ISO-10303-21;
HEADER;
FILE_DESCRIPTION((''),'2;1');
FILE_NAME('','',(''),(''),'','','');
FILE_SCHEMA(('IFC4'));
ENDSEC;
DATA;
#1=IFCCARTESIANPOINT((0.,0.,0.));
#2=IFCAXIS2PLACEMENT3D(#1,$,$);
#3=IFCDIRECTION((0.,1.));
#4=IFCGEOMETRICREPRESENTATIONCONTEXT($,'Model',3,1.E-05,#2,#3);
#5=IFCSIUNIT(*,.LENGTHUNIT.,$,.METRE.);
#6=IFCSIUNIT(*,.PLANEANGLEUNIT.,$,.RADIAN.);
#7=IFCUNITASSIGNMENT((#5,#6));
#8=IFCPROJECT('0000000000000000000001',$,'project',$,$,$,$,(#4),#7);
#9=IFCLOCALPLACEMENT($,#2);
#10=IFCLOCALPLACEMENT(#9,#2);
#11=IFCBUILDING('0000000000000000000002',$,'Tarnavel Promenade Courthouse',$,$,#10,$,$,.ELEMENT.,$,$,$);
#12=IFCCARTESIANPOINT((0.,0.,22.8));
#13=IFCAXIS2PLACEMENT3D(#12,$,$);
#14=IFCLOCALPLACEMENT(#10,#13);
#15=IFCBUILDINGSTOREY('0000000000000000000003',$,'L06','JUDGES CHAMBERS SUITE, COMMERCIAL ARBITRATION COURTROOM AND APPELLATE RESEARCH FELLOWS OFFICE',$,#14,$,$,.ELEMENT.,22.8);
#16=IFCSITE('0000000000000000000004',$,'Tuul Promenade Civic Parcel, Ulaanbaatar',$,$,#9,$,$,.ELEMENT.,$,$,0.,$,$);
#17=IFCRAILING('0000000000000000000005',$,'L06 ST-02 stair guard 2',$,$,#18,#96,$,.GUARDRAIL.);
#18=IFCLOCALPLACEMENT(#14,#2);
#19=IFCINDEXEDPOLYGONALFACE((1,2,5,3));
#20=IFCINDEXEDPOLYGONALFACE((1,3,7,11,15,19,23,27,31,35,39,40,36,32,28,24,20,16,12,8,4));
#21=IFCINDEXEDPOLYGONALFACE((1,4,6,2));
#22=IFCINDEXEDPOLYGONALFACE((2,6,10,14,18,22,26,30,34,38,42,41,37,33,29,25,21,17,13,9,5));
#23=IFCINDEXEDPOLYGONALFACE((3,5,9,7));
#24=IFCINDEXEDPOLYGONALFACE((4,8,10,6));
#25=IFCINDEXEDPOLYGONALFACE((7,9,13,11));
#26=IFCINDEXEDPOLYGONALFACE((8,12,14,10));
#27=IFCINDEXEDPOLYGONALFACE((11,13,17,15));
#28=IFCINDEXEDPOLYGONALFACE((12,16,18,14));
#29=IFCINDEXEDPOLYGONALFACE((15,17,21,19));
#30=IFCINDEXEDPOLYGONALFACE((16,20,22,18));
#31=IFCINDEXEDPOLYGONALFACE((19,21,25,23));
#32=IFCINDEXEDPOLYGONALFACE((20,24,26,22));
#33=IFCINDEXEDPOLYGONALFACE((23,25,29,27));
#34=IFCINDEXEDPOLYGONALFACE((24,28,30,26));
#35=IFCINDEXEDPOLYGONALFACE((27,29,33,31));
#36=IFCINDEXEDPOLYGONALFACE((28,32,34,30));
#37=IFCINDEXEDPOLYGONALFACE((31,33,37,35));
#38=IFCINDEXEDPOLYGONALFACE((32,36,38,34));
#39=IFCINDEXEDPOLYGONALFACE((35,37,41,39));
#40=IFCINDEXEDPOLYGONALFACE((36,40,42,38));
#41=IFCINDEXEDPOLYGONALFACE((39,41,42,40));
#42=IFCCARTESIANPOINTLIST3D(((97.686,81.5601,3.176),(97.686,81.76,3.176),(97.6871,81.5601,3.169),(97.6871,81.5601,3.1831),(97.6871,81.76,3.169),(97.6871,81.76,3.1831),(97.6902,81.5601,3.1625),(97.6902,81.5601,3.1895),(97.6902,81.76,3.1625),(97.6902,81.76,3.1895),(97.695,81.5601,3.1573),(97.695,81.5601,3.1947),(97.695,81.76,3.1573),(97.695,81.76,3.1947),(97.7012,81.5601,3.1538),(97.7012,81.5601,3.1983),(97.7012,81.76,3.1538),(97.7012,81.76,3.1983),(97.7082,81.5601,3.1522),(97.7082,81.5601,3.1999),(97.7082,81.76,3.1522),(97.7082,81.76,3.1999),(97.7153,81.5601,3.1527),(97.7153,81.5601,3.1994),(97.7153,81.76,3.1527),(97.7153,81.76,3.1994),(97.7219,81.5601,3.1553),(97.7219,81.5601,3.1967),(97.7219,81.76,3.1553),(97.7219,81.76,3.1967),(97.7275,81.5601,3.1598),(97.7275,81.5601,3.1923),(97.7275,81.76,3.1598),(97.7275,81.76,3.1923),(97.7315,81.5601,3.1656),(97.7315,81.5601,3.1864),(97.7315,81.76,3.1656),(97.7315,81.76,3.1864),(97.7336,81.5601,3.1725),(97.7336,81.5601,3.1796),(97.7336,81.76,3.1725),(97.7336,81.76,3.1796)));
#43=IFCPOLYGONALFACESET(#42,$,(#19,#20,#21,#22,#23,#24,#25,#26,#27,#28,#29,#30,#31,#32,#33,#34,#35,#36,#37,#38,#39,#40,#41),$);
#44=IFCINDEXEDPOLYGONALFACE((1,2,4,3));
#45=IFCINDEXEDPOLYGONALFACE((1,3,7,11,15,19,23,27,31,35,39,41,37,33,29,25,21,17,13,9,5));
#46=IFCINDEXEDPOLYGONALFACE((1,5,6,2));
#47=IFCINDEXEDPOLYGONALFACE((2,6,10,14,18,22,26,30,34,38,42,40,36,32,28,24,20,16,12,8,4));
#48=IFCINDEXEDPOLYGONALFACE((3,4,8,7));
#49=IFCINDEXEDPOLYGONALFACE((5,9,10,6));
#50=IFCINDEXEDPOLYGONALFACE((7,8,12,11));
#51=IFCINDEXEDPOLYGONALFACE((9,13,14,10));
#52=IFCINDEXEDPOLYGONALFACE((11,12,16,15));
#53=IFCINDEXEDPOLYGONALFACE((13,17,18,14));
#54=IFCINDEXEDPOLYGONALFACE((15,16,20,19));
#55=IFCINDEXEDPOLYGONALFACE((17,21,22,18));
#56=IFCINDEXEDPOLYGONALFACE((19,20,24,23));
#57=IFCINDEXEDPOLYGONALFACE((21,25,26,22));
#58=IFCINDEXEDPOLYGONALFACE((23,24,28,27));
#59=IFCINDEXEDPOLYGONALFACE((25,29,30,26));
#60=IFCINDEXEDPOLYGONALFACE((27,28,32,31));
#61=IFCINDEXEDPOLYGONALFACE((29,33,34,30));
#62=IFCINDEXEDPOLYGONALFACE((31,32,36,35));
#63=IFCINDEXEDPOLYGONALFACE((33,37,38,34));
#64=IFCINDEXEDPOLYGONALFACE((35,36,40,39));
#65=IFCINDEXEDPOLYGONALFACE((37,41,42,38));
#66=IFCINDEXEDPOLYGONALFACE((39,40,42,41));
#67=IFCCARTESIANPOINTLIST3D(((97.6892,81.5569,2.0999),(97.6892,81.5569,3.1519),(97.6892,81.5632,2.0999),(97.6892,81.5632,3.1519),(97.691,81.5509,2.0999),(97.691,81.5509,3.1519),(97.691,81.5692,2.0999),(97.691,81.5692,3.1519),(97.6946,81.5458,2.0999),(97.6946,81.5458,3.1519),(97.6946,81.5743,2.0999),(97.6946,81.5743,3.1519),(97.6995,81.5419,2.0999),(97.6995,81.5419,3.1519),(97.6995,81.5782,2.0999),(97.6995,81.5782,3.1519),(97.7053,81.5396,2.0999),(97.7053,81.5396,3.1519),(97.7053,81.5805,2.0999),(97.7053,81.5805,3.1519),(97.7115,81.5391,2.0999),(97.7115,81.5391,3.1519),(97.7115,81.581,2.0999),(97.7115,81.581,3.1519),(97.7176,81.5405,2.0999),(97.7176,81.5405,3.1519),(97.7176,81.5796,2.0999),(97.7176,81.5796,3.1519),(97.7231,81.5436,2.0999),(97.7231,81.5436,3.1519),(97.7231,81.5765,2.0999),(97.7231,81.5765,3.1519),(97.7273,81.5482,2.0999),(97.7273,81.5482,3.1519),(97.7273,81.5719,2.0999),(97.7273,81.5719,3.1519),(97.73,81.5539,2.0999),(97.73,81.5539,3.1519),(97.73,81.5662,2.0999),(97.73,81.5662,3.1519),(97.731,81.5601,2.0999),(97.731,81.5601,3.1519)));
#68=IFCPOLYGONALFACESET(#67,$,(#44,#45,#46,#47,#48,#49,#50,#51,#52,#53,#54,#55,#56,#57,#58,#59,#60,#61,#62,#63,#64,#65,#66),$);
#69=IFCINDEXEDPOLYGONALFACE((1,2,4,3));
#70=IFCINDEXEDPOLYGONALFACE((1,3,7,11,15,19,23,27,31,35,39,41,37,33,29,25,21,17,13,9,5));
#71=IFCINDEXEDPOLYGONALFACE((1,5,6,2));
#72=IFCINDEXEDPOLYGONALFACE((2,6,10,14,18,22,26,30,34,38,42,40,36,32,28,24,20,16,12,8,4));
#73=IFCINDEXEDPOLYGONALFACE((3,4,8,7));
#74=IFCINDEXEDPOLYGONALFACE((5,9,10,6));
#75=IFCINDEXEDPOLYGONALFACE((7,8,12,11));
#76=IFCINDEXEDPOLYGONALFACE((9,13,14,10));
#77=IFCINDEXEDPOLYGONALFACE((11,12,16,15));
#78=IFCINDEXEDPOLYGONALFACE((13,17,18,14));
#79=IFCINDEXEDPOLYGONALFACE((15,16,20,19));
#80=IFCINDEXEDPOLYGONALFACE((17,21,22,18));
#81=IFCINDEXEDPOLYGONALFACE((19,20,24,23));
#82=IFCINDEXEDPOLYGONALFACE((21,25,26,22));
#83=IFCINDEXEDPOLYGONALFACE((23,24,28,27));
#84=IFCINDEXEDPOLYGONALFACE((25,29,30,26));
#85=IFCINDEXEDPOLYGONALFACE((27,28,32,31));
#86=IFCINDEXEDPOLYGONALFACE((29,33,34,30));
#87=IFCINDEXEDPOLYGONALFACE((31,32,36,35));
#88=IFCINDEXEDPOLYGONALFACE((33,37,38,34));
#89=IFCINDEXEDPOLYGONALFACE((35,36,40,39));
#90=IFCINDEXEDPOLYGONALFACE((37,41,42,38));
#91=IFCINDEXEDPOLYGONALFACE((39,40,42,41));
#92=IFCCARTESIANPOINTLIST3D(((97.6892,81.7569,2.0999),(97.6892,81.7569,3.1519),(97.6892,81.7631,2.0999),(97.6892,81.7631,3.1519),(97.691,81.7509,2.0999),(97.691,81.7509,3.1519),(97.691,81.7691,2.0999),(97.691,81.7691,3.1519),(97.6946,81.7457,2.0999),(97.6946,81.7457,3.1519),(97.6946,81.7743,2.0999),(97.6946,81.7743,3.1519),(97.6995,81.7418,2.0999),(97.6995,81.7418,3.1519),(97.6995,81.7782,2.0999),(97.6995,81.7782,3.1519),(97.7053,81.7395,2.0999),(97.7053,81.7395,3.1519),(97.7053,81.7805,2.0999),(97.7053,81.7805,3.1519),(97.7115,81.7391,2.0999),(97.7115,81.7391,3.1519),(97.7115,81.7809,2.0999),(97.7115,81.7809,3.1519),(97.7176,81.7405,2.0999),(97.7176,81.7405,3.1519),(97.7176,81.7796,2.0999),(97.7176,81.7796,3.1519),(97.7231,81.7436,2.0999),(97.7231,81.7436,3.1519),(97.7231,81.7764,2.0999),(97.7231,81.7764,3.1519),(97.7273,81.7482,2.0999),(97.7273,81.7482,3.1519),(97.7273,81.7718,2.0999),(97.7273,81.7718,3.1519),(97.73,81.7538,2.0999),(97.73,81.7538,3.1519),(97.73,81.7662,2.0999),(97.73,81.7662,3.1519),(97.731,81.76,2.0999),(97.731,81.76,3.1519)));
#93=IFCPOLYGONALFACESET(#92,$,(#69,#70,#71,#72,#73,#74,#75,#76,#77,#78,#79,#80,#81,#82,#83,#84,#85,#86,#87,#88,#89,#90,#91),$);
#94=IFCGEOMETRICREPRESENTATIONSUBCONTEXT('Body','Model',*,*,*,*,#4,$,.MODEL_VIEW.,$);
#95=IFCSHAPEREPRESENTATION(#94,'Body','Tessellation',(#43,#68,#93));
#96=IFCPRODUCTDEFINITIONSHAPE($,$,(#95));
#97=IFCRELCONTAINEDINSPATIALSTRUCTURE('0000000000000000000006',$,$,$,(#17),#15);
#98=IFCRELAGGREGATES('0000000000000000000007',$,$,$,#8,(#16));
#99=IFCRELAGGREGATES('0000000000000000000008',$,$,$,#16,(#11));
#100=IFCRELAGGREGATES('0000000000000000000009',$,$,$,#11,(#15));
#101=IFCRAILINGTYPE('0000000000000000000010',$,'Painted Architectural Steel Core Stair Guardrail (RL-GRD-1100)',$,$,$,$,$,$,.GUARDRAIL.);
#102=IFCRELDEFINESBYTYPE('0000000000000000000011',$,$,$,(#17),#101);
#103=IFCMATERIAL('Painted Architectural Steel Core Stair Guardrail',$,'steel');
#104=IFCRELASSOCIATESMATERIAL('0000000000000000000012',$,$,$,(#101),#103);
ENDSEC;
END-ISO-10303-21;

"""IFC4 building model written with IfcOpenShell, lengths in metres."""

from ifc_helpers import new_model, si_unit, direction, frame, origin, origin_2d, place, context, subcontext, project, spatial, circle, extrude, material, type_object, element, save


model = new_model("IFC4")

# Units and contexts
model_context = context("Model", 3, precision=1e-05, world=origin(), true_north=direction((0.0, 1.0)))
body_context = subcontext(model_context, "Body", "Model", "MODEL_VIEW")
ifc_project = project(units=[si_unit("LENGTHUNIT", "METRE"), si_unit("PLANEANGLEUNIT", "RADIAN")], contexts=[model_context])

# Site, building, storey
site_placement = place(None, origin())
site = spatial("IfcSite", under=ifc_project, at=site_placement, Name="Tuul Promenade Civic Parcel, Ulaanbaatar", CompositionType="ELEMENT", RefElevation=0.0)
building_placement = place(site_placement, origin())
building = spatial("IfcBuilding", under=site, at=building_placement, Name="Tarnavel Promenade Courthouse", CompositionType="ELEMENT")
storey_placement = place(building_placement, frame((0.0, 0.0, 22.8)))
storey = spatial("IfcBuildingStorey", under=building, at=storey_placement, Name="L06", Description="JUDGES CHAMBERS SUITE, COMMERCIAL ARBITRATION COURTROOM AND APPELLATE RESEARCH FELLOWS OFFICE", CompositionType="ELEMENT", Elevation=22.8)

# Railing
ifc_material_1 = material(Name="Painted Architectural Steel Core Stair Guardrail", Category="steel")
railing_type_1 = type_object("IfcRailingType", Name="Painted Architectural Steel Core Stair Guardrail (RL-GRD-1100)", PredefinedType="GUARDRAIL", material=ifc_material_1)
railing_1_placement = place(storey_placement, frame((97.71, 81.5601, 2.0999)))
element("IfcRailing", 1, at=railing_1_placement, inside=storey, type_object=railing_type_1, Name="L06 ST-02 stair guard 2", PredefinedType="GUARDRAIL", context=body_context, shape_type="SweptSolid", body=[
    extrude(circle(Radius=0.0239, at=origin_2d()), frame((0.0, 0.0, 1.0762), z_axis=(0.0, 1.0, 0.0), x_axis=(-1.0, 0.0, 0.0)), (0.0, 0.0, 1.0), 0.2),
    extrude(circle(Radius=0.021, at=origin_2d()), origin(), (0.0, 0.0, 1.0), 1.052),
    extrude(circle(Radius=0.021, at=origin_2d()), frame((0.0, 0.2, 0.0)), (0.0, 0.0, 1.0), 1.052),
])

save(model, "model.ifc")
